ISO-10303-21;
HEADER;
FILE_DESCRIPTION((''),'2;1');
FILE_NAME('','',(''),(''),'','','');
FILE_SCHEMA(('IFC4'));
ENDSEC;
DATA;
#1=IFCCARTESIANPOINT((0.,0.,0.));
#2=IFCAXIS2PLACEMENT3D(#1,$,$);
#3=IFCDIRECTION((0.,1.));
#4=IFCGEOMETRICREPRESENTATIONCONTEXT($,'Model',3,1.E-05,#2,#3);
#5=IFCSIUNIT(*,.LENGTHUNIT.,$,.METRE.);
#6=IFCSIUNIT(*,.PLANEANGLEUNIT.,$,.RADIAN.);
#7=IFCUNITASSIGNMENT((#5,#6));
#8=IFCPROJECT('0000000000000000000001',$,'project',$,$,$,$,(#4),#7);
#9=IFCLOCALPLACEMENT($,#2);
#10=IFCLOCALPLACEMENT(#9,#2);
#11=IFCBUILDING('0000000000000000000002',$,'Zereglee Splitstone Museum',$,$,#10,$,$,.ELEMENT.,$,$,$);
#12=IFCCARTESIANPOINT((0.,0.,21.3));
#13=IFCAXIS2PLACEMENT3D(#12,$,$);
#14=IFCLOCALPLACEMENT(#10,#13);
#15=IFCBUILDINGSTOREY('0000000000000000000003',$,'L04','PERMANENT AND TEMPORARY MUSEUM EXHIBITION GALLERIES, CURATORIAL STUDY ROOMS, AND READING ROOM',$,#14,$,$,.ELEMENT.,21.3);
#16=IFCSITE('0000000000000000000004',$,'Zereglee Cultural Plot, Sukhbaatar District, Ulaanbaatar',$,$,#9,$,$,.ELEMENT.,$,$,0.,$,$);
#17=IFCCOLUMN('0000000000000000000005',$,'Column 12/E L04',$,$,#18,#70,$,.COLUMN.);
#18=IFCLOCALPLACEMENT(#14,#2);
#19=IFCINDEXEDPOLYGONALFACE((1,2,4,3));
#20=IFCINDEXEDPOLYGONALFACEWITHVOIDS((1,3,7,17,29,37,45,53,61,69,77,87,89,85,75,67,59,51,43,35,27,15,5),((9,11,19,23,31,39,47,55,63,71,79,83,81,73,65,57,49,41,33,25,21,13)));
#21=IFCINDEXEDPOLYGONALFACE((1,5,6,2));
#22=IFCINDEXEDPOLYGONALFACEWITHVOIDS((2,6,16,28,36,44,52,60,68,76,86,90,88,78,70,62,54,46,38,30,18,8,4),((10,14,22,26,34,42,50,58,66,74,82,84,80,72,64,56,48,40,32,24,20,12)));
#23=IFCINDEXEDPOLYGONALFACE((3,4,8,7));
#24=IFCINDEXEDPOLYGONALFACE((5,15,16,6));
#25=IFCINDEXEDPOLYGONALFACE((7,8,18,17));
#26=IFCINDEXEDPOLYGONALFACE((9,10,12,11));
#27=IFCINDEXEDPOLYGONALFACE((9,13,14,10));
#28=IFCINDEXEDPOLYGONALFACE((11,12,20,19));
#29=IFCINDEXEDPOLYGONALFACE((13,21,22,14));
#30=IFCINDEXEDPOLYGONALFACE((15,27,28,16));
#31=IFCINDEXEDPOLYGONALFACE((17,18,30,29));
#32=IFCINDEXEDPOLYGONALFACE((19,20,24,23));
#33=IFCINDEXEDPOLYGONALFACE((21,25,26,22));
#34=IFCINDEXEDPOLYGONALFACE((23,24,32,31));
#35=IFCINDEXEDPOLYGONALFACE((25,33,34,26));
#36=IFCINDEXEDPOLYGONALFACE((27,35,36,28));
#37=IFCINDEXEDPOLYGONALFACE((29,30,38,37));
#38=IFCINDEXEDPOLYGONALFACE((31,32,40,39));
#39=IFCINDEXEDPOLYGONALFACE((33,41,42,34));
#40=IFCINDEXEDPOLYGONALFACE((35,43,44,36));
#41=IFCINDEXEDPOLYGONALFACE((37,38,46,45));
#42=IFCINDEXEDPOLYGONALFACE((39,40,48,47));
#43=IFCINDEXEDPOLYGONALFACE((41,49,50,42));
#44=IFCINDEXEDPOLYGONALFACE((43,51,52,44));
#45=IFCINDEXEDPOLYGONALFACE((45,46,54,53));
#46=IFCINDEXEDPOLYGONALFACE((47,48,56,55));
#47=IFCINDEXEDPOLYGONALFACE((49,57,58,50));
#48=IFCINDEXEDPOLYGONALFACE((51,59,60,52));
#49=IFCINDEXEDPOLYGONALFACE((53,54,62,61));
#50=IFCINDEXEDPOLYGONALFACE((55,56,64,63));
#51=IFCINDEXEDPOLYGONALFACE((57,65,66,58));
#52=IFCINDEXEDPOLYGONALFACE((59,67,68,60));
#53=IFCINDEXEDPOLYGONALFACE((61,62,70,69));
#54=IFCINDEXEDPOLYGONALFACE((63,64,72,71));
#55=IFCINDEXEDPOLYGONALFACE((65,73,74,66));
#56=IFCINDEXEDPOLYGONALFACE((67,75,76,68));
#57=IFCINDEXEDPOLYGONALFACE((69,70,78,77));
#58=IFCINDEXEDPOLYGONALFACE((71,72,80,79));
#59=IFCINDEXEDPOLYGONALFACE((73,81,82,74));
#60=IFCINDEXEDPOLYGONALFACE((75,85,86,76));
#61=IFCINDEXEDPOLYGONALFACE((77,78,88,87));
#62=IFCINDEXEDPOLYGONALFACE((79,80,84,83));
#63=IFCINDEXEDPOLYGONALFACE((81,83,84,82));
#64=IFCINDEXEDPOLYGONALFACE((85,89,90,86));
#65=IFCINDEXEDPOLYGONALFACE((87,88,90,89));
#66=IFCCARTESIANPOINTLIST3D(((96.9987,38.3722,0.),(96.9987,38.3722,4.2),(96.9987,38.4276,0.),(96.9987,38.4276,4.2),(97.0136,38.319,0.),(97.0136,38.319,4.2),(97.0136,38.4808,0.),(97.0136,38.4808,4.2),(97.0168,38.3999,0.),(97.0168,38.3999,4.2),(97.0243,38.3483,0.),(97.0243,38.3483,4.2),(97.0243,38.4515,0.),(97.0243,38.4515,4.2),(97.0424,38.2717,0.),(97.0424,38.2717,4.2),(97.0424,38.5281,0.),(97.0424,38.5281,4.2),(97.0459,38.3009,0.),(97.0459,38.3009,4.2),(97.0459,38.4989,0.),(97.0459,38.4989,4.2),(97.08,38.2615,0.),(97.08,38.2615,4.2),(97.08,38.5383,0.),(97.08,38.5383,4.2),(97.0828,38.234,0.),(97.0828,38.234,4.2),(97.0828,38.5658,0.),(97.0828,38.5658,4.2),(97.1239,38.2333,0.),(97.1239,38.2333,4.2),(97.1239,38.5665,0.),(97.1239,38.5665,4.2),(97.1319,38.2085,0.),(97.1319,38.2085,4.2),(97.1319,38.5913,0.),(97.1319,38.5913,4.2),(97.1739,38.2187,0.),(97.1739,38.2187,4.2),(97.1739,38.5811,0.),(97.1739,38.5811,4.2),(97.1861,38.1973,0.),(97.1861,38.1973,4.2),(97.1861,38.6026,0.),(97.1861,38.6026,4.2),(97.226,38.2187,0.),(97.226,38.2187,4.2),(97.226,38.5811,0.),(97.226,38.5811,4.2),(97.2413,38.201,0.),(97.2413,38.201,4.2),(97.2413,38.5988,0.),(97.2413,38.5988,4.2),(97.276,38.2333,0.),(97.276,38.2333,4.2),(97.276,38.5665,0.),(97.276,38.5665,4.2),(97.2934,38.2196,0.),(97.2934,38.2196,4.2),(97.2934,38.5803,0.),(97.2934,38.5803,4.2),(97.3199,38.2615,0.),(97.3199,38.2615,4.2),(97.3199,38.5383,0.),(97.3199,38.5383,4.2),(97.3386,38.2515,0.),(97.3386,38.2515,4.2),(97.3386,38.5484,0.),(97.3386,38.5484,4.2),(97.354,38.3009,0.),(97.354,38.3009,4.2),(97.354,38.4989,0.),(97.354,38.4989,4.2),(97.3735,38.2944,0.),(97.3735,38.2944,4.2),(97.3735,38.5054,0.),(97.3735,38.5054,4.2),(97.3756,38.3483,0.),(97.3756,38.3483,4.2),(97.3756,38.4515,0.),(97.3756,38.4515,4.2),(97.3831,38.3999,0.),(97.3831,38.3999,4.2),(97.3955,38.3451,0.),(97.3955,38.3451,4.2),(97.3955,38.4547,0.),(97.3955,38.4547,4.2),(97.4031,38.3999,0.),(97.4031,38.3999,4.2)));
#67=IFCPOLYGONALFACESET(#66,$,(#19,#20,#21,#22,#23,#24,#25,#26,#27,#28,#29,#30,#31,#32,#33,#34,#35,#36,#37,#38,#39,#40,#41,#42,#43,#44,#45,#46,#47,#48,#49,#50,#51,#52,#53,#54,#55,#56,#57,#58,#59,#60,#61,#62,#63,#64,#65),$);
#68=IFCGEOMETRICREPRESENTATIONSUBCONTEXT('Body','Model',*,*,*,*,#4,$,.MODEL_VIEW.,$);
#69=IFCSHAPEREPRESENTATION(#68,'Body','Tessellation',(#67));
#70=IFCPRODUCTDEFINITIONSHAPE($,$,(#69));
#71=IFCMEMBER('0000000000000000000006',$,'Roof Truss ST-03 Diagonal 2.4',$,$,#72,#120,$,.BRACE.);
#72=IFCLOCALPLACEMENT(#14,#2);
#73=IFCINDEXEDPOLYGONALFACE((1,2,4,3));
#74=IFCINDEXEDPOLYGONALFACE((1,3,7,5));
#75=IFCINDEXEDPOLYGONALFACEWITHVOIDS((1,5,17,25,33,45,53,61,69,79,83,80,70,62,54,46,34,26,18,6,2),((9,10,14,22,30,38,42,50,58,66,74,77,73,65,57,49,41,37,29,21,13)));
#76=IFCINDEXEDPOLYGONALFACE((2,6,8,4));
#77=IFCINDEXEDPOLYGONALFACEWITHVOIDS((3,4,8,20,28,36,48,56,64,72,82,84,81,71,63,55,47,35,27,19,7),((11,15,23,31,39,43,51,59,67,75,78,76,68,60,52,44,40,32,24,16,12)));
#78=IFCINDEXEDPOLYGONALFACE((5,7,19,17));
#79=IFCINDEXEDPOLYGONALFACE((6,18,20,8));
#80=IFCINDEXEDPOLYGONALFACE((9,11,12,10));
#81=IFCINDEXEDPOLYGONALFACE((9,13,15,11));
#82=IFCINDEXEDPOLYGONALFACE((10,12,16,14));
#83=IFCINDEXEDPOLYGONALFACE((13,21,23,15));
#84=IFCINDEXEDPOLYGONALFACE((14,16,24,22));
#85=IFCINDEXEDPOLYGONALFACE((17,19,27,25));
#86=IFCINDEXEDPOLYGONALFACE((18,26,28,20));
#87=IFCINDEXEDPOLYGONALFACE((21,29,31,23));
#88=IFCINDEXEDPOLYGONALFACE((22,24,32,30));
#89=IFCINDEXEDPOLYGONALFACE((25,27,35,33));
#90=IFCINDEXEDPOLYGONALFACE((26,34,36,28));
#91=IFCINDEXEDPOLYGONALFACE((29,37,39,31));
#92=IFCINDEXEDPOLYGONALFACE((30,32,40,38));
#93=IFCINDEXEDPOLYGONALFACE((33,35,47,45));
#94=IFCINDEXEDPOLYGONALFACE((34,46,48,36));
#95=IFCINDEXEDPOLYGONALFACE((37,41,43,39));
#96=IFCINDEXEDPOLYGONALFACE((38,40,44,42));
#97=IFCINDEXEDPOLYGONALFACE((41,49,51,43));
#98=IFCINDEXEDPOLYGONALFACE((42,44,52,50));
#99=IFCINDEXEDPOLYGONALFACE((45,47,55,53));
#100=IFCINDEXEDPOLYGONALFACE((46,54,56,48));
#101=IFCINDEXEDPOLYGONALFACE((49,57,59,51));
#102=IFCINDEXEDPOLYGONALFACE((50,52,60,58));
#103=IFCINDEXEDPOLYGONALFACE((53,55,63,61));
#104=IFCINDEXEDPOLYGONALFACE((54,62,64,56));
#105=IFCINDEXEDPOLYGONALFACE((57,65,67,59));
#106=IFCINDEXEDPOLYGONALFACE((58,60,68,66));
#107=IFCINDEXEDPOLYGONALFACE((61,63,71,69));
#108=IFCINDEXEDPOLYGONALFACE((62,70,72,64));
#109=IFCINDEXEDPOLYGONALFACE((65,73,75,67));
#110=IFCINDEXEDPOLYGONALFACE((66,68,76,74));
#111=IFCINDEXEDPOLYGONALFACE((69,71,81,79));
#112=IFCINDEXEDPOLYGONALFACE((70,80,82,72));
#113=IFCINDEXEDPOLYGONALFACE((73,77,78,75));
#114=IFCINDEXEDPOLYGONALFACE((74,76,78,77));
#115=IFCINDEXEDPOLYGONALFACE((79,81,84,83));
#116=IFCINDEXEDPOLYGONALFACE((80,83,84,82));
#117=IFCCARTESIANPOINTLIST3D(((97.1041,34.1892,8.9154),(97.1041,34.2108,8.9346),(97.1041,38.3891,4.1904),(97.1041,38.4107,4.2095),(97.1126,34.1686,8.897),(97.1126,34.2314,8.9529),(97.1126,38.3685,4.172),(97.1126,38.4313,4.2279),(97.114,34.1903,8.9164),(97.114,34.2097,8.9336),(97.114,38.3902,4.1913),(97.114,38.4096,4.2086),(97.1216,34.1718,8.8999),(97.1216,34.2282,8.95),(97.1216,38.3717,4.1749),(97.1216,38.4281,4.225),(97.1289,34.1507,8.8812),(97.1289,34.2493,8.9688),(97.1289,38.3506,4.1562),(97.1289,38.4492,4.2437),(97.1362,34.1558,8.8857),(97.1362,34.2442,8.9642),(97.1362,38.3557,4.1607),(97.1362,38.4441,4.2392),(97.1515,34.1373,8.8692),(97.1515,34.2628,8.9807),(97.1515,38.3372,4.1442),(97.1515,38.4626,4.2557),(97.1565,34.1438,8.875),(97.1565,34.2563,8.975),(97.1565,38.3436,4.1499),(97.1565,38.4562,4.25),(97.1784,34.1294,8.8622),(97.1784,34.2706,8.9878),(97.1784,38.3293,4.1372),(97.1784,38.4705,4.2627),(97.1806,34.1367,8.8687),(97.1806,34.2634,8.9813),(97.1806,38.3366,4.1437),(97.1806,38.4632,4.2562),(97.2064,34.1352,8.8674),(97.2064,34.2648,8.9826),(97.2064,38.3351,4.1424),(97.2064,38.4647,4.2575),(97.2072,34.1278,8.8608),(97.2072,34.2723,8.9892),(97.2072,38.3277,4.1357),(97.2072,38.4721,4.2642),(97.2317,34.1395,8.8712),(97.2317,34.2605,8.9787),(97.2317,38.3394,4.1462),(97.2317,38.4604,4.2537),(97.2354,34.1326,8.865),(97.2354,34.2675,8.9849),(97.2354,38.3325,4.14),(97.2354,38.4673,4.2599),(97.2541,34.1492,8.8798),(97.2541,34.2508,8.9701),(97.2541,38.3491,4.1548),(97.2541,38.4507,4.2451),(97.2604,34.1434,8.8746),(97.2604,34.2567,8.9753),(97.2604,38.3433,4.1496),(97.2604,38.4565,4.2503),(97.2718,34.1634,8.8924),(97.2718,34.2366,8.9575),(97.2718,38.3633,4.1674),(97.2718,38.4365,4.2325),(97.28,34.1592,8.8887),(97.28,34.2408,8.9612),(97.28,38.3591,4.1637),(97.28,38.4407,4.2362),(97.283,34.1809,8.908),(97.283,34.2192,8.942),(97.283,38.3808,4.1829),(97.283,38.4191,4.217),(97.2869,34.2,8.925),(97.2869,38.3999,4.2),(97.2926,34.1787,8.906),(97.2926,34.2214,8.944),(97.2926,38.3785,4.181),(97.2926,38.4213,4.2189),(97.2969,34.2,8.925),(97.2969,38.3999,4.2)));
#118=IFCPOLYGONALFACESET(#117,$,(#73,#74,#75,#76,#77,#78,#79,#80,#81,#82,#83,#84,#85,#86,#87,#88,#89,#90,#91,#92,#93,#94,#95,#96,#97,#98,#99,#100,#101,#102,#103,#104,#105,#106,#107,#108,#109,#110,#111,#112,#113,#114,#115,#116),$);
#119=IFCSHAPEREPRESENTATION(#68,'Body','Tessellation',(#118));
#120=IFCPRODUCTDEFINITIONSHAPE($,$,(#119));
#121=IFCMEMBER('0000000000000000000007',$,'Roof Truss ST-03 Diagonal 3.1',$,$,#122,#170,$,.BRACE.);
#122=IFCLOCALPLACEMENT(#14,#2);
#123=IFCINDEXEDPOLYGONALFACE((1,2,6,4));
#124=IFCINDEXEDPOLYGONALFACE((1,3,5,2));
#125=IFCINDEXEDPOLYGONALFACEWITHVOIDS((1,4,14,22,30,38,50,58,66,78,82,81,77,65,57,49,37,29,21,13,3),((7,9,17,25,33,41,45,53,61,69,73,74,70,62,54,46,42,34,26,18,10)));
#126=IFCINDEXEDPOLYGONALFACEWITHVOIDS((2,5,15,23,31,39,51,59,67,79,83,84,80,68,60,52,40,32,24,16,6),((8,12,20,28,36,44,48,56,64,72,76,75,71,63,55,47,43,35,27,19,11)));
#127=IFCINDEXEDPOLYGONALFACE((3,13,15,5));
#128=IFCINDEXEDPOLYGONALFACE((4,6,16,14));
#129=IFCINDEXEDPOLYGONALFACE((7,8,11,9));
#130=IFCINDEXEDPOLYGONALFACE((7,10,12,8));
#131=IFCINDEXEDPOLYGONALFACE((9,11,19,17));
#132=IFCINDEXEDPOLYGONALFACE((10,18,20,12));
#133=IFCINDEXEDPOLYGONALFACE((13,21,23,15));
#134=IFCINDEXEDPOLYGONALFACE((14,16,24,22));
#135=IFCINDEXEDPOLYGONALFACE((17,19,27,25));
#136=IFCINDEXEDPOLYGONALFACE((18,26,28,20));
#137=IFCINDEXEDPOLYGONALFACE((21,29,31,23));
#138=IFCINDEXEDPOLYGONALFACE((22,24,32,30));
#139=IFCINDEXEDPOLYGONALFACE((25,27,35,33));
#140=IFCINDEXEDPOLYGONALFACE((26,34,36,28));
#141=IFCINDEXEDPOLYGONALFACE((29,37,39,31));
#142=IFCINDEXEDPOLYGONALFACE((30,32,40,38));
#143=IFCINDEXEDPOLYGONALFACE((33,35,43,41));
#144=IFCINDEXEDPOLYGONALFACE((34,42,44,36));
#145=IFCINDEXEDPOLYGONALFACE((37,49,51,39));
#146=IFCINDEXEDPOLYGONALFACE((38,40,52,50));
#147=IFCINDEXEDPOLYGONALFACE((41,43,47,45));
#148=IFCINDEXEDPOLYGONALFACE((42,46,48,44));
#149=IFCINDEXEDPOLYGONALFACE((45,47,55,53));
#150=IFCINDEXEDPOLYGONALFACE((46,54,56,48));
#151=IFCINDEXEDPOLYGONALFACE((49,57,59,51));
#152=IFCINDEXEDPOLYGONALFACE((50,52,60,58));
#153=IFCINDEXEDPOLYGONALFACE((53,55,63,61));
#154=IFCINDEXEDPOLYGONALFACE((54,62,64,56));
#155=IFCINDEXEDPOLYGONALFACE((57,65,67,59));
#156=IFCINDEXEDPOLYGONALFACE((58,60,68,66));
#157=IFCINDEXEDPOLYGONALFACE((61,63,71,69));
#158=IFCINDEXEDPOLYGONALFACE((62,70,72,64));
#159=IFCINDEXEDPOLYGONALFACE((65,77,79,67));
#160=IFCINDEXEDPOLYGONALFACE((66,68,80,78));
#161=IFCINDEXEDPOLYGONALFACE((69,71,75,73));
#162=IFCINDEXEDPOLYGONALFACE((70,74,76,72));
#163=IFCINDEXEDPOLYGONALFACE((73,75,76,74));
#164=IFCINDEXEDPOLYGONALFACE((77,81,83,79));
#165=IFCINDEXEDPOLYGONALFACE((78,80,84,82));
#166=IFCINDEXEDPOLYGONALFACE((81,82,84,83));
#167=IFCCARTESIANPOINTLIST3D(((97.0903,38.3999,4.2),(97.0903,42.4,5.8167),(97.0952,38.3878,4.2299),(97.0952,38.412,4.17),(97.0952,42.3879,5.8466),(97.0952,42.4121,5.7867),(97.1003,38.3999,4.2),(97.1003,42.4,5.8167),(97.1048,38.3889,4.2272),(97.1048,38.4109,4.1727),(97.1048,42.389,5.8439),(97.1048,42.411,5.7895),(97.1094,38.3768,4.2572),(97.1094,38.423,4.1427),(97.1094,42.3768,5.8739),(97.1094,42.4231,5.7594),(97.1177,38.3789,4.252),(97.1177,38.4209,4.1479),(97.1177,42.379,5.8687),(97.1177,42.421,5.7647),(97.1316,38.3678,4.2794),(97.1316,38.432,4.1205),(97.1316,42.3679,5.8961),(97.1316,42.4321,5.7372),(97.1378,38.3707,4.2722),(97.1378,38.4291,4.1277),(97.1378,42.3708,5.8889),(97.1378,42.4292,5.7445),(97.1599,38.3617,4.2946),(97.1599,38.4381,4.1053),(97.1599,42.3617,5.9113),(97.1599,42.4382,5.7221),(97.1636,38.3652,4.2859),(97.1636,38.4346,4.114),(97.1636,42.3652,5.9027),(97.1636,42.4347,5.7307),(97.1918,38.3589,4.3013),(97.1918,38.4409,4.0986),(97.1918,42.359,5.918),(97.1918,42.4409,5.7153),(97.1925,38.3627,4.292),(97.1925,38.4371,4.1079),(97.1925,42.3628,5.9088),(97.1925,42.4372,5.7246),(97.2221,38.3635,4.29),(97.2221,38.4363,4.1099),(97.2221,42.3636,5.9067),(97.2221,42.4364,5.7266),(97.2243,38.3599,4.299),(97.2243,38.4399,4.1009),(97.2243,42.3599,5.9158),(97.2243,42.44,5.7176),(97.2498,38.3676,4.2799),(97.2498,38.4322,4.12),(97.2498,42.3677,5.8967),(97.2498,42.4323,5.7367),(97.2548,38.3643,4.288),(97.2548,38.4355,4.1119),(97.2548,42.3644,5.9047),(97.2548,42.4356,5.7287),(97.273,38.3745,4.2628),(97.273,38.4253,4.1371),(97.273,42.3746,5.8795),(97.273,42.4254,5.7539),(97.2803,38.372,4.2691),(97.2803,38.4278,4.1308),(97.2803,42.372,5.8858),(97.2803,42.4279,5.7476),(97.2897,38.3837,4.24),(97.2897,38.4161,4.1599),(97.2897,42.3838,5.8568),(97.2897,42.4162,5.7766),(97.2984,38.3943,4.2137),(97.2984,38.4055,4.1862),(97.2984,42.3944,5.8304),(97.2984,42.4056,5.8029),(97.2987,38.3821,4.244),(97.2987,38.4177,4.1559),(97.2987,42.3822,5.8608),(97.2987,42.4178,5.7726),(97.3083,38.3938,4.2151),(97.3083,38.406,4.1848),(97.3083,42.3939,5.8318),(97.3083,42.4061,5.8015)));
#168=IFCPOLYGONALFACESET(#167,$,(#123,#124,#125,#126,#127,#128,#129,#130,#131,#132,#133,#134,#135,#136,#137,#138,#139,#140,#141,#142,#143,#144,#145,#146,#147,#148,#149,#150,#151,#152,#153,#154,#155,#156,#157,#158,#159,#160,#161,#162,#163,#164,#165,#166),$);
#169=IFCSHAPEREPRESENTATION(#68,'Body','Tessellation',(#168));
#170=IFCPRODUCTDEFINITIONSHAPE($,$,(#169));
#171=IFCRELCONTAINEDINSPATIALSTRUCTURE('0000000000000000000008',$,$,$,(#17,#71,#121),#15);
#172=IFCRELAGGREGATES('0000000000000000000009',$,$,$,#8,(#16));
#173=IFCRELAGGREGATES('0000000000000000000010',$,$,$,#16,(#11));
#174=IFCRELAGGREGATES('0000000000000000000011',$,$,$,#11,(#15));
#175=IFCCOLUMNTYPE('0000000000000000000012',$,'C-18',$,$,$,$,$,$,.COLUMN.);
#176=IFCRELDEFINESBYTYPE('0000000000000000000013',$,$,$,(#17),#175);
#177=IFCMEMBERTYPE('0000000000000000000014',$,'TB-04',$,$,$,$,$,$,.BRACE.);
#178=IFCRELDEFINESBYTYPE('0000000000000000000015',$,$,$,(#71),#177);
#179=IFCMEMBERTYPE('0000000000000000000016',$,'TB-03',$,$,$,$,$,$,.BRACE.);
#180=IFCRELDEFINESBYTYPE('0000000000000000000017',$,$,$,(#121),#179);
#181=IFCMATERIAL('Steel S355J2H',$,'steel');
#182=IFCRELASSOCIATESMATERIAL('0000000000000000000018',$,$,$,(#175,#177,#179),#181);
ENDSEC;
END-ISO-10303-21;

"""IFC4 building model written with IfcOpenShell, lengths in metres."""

from ifc_helpers import new_model, si_unit, direction, frame, origin, origin_2d, place, context, subcontext, project, spatial, hollow_circle, extrude, material, material_profile, profile_set, type_object, element, save


model = new_model("IFC4")

# Units and contexts
model_context = context("Model", 3, precision=1e-05, world=origin(), true_north=direction((0.0, 1.0)))
body_context = subcontext(model_context, "Body", "Model", "MODEL_VIEW")
ifc_project = project(units=[si_unit("LENGTHUNIT", "METRE"), si_unit("PLANEANGLEUNIT", "RADIAN")], contexts=[model_context])

# Site, building, storey
site_placement = place(None, origin())
site = spatial("IfcSite", under=ifc_project, at=site_placement, Name="Zereglee Cultural Plot, Sukhbaatar District, Ulaanbaatar", CompositionType="ELEMENT", RefElevation=0.0)
building_placement = place(site_placement, origin())
building = spatial("IfcBuilding", under=site, at=building_placement, Name="Zereglee Splitstone Museum", CompositionType="ELEMENT")
storey_placement = place(building_placement, frame((0.0, 0.0, 21.3)))
storey = spatial("IfcBuildingStorey", under=building, at=storey_placement, Name="L04", Description="PERMANENT AND TEMPORARY MUSEUM EXHIBITION GALLERIES, CURATORIAL STUDY ROOMS, AND READING ROOM", CompositionType="ELEMENT", Elevation=21.3)

# Column
ifc_material_1 = material(Name="Steel S355J2H", Category="steel")
ifc_material_profile_1 = material_profile(ifc_material_1, hollow_circle(Radius=0.2031, WallThickness=0.02, at=origin_2d()), Name="CHS 406.4x20")
ifc_profile_set_1 = profile_set([ifc_material_profile_1], Name="Steel S355J2H")
column_type = type_object("IfcColumnType", Name="C-18", PredefinedType="COLUMN", material=ifc_profile_set_1)
column_placement = place(storey_placement, frame((97.2, 38.3999, 0.0), z_axis=(0.0, 0.0, 1.0), x_axis=(1.0, 0.0, 0.0)))
element("IfcColumn", 1, at=column_placement, inside=storey, type_object=column_type, Name="Column 12/E L04", PredefinedType="COLUMN", context=body_context, shape_type="SweptSolid", body=[
    extrude(hollow_circle(Radius=0.2031, WallThickness=0.02, at=origin_2d()), origin(), (0.0, 0.0, 1.0), 4.2),
])

# Members
ifc_material_profile_2 = material_profile(ifc_material_1, hollow_circle(Radius=0.0969, WallThickness=0.01, at=origin_2d()), Name="CHS 193.7x10")
ifc_profile_set_2 = profile_set([ifc_material_profile_2], Name="Steel S355J2H")
member_type_1 = type_object("IfcMemberType", Name="TB-04", PredefinedType="BRACE", material=ifc_profile_set_2)
member_1_placement = place(storey_placement, frame((97.2, 38.3999, 4.2), z_axis=(0.0, -0.664352, 0.74742), x_axis=(1.0, 0.0, 0.0)))
element("IfcMember", 2, at=member_1_placement, inside=storey, type_object=member_type_1, Name="Roof Truss ST-03 Diagonal 2.4", PredefinedType="BRACE", context=body_context, shape_type="SweptSolid", body=[
    extrude(hollow_circle(Radius=0.0969, WallThickness=0.01, at=origin_2d()), origin(), (0.0, 0.0, 1.0), 6.3218),
])
ifc_material_profile_3 = material_profile(ifc_material_1, hollow_circle(Radius=0.1096, WallThickness=0.01, at=origin_2d()), Name="CHS 219.1x10")
ifc_profile_set_3 = profile_set([ifc_material_profile_3], Name="Steel S355J2H")
member_type_2 = type_object("IfcMemberType", Name="TB-03", PredefinedType="BRACE", material=ifc_profile_set_3)
member_2_placement = place(storey_placement, frame((97.2, 38.3999, 4.2), z_axis=(0.0, 0.927136, 0.374725), x_axis=(-1.0, 0.0, 0.0)))
element("IfcMember", 3, at=member_2_placement, inside=storey, type_object=member_type_2, Name="Roof Truss ST-03 Diagonal 3.1", PredefinedType="BRACE", context=body_context, shape_type="SweptSolid", body=[
    extrude(hollow_circle(Radius=0.1096, WallThickness=0.01, at=origin_2d()), origin(), (0.0, 0.0, 1.0), 4.3145),
])

save(model, "model.ifc")
